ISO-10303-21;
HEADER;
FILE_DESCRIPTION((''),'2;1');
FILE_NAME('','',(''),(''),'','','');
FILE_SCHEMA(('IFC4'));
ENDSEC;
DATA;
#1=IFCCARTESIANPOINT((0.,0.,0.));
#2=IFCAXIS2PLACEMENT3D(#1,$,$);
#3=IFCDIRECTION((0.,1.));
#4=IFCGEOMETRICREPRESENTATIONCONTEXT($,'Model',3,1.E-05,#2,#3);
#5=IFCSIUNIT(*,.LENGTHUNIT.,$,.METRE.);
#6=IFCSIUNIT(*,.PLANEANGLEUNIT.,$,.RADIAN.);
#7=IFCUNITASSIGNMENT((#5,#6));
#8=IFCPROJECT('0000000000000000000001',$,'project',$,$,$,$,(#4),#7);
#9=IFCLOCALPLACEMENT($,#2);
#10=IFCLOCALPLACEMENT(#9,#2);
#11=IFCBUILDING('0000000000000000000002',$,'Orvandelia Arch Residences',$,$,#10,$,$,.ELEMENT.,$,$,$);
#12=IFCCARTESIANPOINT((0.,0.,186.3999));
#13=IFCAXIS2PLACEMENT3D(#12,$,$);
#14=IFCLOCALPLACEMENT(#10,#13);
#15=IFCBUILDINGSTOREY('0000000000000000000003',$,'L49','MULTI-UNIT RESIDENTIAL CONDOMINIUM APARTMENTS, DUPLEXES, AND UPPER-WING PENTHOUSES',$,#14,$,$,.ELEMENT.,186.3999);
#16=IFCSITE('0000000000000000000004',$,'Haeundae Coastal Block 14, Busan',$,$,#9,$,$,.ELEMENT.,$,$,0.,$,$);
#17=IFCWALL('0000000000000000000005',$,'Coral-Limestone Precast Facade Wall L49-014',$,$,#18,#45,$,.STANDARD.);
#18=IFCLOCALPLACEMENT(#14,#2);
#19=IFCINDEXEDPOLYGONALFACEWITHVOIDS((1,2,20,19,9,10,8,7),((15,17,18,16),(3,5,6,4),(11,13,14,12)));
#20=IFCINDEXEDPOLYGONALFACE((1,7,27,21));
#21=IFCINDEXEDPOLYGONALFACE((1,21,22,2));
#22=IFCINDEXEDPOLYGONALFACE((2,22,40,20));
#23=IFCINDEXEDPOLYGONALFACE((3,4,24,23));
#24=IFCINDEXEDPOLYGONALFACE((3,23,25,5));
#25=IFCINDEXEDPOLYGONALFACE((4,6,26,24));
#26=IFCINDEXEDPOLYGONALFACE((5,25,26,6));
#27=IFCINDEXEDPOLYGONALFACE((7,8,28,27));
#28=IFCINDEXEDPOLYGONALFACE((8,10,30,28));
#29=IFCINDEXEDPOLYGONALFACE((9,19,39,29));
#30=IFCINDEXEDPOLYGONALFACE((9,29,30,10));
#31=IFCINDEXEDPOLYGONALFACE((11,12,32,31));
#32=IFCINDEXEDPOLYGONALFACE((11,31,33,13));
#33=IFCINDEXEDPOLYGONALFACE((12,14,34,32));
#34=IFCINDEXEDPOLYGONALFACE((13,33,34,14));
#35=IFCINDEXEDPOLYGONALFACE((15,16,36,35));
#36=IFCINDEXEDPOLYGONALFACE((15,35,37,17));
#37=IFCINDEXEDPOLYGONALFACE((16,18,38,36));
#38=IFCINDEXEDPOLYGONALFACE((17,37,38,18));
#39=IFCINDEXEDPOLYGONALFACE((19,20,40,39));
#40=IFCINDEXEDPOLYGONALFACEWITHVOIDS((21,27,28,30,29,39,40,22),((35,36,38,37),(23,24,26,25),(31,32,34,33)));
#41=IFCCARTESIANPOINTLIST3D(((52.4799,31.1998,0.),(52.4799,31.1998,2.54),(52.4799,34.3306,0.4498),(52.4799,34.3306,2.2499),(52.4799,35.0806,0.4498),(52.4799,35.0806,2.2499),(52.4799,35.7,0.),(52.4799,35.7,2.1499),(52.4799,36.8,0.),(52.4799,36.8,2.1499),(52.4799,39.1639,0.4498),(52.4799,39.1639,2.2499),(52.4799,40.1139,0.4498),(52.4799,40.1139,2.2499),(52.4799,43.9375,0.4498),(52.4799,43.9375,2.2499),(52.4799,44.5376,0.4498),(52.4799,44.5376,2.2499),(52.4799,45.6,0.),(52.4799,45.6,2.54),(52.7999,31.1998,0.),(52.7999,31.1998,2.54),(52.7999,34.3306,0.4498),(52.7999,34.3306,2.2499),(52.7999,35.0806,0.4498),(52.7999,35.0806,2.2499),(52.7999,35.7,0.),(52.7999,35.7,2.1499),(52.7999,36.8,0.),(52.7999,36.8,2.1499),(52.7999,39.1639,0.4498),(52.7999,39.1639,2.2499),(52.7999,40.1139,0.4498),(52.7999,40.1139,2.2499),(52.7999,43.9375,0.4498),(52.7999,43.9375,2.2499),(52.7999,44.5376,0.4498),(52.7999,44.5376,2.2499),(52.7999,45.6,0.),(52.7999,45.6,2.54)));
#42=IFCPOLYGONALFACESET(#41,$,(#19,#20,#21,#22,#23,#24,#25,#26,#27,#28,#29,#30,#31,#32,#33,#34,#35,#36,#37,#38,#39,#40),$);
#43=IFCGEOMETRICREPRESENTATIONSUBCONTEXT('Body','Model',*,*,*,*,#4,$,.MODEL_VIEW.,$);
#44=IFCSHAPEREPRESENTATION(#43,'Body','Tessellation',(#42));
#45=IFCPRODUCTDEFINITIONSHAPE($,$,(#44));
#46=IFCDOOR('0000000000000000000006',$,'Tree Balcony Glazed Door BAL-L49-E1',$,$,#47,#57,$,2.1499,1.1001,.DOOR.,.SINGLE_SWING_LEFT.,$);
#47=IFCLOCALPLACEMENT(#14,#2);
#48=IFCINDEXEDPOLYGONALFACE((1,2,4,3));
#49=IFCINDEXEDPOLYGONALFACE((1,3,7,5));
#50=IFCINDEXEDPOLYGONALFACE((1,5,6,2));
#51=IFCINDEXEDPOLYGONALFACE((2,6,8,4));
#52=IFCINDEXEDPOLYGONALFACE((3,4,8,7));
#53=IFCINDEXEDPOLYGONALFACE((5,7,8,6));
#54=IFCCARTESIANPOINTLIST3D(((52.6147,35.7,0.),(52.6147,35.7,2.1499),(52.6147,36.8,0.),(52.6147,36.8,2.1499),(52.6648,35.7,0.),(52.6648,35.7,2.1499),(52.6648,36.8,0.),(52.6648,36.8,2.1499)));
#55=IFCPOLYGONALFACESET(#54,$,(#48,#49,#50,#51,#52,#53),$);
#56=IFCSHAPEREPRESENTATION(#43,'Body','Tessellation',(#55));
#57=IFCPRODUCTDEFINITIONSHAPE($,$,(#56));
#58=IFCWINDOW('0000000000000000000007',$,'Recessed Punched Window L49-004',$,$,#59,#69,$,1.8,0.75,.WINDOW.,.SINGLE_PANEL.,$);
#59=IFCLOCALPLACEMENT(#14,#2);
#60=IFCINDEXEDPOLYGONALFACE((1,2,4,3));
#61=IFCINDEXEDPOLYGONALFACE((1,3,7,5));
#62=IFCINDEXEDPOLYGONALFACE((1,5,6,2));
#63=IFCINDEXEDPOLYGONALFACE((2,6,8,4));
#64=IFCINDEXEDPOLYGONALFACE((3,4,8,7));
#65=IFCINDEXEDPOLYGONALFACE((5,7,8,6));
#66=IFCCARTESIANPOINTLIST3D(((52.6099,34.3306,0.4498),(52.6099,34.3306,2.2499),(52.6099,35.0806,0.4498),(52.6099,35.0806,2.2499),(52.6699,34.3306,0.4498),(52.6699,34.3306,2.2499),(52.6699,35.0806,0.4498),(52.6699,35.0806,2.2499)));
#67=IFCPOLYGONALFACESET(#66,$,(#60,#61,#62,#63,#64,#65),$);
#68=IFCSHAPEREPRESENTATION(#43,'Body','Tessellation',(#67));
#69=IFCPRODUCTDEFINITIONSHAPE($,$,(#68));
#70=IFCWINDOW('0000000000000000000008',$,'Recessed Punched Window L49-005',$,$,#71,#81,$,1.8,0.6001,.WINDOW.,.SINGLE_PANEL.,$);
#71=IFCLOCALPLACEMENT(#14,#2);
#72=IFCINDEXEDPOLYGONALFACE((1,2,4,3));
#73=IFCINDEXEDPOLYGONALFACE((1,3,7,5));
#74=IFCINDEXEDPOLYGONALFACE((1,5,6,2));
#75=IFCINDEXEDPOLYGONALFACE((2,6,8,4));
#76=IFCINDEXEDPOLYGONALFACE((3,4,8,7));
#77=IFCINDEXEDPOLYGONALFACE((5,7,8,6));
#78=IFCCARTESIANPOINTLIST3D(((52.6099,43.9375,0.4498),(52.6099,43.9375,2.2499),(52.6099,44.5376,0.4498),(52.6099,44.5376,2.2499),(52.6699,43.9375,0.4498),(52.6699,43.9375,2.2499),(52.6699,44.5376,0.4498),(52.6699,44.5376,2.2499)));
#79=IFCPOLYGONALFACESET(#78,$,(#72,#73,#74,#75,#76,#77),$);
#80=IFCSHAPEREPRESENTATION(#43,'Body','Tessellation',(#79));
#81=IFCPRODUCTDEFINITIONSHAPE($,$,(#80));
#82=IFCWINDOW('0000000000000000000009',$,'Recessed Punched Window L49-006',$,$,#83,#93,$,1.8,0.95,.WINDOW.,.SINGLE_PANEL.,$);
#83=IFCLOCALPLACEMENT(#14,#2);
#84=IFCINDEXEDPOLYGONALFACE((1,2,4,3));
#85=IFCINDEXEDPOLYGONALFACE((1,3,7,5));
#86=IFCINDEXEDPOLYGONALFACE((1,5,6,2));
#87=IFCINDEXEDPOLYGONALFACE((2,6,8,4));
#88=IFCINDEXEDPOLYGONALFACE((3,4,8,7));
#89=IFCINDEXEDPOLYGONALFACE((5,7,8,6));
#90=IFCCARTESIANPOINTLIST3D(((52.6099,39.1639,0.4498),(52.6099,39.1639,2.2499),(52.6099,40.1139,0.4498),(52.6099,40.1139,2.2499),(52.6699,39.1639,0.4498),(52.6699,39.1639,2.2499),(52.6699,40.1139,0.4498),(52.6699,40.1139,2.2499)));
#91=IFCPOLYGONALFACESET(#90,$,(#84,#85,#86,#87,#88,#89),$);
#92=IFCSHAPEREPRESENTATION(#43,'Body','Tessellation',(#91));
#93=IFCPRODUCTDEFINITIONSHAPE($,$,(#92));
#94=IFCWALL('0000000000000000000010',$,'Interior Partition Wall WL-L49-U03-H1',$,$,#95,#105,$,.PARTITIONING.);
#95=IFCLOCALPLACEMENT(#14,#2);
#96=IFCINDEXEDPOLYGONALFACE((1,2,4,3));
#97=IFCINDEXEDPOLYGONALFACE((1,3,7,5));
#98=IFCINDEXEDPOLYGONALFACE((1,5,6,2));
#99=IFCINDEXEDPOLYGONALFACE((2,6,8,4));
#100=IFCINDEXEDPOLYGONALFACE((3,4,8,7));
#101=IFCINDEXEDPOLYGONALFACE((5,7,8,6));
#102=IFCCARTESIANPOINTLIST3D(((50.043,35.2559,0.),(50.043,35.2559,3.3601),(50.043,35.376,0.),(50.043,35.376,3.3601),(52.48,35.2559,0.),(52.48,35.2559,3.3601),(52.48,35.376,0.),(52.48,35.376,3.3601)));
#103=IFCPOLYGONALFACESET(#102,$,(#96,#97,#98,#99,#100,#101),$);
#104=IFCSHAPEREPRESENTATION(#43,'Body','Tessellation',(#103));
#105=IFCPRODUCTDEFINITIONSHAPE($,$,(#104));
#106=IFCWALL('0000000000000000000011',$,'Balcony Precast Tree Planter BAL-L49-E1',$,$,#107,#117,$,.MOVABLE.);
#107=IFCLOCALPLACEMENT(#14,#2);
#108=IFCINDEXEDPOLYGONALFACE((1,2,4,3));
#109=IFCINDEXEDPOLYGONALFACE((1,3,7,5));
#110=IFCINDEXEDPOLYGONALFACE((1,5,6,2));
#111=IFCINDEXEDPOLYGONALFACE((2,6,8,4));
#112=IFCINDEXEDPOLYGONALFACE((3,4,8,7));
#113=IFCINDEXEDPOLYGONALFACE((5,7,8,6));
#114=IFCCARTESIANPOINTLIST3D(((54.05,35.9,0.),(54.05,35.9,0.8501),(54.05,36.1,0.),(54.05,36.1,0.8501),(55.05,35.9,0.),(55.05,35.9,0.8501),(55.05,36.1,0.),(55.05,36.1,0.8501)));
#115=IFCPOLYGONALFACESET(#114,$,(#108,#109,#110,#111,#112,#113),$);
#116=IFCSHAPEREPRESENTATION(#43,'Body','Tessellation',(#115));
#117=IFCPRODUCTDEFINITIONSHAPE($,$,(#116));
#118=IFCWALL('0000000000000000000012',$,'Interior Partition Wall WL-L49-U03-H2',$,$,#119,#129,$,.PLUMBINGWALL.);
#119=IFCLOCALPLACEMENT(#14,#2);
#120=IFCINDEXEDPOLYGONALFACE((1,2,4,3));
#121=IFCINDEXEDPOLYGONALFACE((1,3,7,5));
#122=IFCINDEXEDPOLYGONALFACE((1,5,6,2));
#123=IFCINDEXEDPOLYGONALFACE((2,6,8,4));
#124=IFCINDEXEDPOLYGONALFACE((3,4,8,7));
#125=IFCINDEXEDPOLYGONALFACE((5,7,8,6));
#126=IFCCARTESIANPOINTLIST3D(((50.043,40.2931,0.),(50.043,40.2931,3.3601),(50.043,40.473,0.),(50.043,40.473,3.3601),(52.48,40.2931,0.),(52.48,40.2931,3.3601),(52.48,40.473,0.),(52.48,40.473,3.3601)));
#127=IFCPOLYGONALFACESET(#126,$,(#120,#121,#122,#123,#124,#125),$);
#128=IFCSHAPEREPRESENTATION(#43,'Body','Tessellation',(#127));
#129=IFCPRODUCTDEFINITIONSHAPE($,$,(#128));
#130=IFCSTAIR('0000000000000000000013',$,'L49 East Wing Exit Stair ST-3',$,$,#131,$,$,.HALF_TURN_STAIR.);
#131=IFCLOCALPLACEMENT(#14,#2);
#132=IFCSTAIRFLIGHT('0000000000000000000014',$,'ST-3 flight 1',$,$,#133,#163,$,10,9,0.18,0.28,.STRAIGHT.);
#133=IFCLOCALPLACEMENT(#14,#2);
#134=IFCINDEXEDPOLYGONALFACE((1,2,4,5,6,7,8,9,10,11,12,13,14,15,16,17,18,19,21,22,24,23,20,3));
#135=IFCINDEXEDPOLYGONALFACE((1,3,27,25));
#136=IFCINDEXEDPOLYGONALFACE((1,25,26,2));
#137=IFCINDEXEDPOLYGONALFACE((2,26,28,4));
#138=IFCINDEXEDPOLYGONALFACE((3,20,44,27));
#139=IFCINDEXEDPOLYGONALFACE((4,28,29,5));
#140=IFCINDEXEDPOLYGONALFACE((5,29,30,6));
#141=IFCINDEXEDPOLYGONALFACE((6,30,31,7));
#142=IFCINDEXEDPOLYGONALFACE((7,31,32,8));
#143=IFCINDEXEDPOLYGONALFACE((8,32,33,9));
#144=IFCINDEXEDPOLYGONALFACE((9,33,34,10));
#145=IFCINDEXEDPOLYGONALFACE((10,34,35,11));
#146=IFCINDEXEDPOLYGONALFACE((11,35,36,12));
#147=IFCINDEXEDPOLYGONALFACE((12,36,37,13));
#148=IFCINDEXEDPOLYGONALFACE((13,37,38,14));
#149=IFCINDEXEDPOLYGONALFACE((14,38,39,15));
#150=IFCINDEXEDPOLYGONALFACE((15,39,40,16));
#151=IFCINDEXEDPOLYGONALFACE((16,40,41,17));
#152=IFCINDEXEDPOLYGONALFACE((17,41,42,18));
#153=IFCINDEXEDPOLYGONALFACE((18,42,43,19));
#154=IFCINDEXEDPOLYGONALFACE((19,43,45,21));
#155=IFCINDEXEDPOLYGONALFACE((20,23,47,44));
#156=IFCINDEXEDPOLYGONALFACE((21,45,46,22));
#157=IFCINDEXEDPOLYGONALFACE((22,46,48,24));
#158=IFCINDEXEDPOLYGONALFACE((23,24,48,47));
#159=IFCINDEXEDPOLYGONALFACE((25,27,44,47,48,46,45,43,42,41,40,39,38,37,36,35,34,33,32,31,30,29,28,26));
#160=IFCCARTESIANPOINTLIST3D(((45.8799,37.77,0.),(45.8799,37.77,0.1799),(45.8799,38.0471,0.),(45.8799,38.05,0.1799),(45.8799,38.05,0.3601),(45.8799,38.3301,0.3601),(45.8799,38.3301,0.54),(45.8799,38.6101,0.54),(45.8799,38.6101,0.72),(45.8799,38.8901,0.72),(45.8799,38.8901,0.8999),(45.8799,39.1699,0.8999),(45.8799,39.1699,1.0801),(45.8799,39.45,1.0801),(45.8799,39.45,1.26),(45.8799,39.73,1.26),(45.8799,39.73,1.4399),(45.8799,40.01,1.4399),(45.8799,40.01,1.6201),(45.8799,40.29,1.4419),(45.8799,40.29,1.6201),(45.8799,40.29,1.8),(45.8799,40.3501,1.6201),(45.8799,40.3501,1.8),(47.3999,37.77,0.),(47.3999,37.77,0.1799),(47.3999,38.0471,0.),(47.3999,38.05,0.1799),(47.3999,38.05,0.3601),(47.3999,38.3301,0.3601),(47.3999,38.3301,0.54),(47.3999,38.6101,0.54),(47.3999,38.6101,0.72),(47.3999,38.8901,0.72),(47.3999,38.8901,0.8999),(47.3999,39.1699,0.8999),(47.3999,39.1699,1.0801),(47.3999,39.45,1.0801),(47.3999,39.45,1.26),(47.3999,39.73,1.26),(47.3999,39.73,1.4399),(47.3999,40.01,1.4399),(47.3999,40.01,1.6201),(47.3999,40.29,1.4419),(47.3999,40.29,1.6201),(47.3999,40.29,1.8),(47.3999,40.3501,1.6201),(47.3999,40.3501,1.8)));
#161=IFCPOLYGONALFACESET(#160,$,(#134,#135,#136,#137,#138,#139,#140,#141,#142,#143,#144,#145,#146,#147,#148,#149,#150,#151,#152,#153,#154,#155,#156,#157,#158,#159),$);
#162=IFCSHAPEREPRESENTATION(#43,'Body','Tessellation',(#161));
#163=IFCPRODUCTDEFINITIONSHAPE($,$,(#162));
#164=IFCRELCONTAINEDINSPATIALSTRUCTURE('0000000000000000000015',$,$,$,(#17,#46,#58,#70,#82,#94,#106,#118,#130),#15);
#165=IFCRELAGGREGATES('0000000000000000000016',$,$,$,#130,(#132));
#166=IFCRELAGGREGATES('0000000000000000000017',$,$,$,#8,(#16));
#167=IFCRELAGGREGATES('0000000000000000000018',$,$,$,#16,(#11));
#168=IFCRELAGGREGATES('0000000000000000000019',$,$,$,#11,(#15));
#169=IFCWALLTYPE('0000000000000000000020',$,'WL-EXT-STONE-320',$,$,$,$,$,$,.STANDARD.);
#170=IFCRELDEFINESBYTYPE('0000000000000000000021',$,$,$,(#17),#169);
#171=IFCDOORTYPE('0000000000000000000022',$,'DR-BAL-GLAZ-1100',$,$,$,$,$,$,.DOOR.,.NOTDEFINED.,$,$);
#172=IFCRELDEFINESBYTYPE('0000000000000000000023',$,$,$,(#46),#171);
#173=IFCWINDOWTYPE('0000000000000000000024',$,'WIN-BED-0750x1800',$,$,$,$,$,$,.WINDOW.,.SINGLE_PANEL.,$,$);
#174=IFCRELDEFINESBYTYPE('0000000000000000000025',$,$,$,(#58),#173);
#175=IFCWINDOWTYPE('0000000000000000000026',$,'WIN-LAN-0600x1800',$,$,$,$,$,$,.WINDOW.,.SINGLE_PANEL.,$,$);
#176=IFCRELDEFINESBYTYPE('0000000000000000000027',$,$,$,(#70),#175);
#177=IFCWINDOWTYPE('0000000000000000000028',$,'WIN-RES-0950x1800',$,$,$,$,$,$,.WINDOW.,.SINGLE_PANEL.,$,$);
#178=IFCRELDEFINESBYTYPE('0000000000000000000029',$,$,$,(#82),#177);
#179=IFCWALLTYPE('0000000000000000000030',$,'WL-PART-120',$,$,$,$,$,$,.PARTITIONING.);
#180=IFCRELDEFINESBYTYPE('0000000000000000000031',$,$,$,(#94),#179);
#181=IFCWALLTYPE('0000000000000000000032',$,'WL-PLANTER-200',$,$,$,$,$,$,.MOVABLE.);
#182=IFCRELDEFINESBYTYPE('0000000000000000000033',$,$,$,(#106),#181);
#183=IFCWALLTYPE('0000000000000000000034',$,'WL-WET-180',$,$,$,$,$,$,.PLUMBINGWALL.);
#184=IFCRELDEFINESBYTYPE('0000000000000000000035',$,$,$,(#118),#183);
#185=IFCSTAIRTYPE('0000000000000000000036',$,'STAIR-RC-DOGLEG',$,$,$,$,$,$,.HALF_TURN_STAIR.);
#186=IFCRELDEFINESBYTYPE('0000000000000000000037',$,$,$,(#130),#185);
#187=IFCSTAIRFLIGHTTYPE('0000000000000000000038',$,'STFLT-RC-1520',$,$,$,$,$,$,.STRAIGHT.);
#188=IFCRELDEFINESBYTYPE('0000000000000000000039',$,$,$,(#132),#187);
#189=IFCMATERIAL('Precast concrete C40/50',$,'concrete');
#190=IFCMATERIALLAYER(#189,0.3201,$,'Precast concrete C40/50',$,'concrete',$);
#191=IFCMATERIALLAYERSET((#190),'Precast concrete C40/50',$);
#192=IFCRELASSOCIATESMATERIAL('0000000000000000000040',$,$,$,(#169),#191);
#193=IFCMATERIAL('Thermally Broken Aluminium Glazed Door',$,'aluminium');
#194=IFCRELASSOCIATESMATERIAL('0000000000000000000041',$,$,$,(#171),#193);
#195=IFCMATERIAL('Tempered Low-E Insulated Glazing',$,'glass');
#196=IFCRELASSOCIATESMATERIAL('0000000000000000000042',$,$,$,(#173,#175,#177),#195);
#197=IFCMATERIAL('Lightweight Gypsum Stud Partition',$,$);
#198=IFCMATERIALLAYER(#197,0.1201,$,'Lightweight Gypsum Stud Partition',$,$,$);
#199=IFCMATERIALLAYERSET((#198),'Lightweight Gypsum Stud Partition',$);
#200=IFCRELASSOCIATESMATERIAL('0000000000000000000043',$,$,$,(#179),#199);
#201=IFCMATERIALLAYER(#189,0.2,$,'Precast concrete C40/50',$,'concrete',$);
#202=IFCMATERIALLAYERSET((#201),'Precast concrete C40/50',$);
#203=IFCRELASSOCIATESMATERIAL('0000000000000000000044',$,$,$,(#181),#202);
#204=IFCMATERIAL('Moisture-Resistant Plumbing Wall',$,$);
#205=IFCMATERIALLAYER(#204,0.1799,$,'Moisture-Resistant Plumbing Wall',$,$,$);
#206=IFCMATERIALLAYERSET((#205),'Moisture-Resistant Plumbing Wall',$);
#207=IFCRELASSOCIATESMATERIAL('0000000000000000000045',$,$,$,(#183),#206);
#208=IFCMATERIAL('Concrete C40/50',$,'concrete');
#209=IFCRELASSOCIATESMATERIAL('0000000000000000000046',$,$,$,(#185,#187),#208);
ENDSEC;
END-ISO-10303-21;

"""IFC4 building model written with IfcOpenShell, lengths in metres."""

from ifc_helpers import new_model, si_unit, direction, frame, frame_2d, origin, place, context, subcontext, project, spatial, polyline, rectangle, outline, extrude, material, layer, layer_set, type_object, element, fill, aggregate, save


model = new_model("IFC4")

# Units and contexts
model_context = context("Model", 3, precision=1e-05, world=origin(), true_north=direction((0.0, 1.0)))
body_context = subcontext(model_context, "Body", "Model", "MODEL_VIEW")
ifc_project = project(units=[si_unit("LENGTHUNIT", "METRE"), si_unit("PLANEANGLEUNIT", "RADIAN")], contexts=[model_context])

# Site, building, storey
site_placement = place(None, origin())
site = spatial("IfcSite", under=ifc_project, at=site_placement, Name="Haeundae Coastal Block 14, Busan", CompositionType="ELEMENT", RefElevation=0.0)
building_placement = place(site_placement, origin())
building = spatial("IfcBuilding", under=site, at=building_placement, Name="Orvandelia Arch Residences", CompositionType="ELEMENT")
storey_placement = place(building_placement, frame((0.0, 0.0, 186.3999)))
storey = spatial("IfcBuildingStorey", under=building, at=storey_placement, Name="L49", Description="MULTI-UNIT RESIDENTIAL CONDOMINIUM APARTMENTS, DUPLEXES, AND UPPER-WING PENTHOUSES", CompositionType="ELEMENT", Elevation=186.3999)

# Shared definitions
ifc_material_1 = material(Name="Precast concrete C40/50", Category="concrete")
ifc_layer_1 = layer(ifc_material_1, 0.3201, Name="Precast concrete C40/50", Category="concrete")
ifc_layer_set_1 = layer_set([ifc_layer_1], Name="Precast concrete C40/50")
wall_type_1 = type_object("IfcWallType", Name="WL-EXT-STONE-320", PredefinedType="STANDARD", material=ifc_layer_set_1)

# Wall, openings, door, windows
wall_1_placement = place(storey_placement, frame((52.6399, 45.6001, 0.0), z_axis=(0.0, 0.0, 1.0), x_axis=(0.0, -1.0, 0.0)))
wall_1 = element("IfcWall", 1, at=wall_1_placement, inside=storey, type_object=wall_type_1, Name="Coral-Limestone Precast Facade Wall L49-014", PredefinedType="STANDARD", context=body_context, shape_type="SweptSolid", body=[
    extrude(rectangle(XDim=14.4001, YDim=0.3201, at=frame_2d((7.2002, 0.0))), origin(), (0.0, 0.0, 1.0), 2.54),
])
opening_1_placement = place(wall_1_placement, frame((8.8, 0.0, 0.0)))
opening_1 = element("IfcOpeningElement", 2, at=opening_1_placement, cuts=wall_1, PredefinedType="OPENING", context=body_context, shape_type="SweptSolid", body=[
    extrude(rectangle(XDim=1.1001, YDim=2.1499, at=frame_2d((0.55, 1.075))), frame((0.0, 0.1699, 0.0), z_axis=(0.0, -1.0, 0.0), x_axis=(1.0, 0.0, 0.0)), (0.0, 0.0, 1.0), 0.3401),
])
opening_2_placement = place(wall_1_placement, frame((10.5195, 0.0, 0.45)))
opening_2 = element("IfcOpeningElement", 3, at=opening_2_placement, cuts=wall_1, PredefinedType="OPENING", context=body_context, shape_type="SweptSolid", body=[
    extrude(rectangle(XDim=0.75, YDim=1.8, at=frame_2d((0.375, 0.8999))), frame((0.0, 0.1699, 0.0), z_axis=(0.0, -1.0, 0.0), x_axis=(1.0, 0.0, 0.0)), (0.0, 0.0, 1.0), 0.3401),
])
opening_3_placement = place(wall_1_placement, frame((1.0625, 0.0, 0.45)))
opening_3 = element("IfcOpeningElement", 4, at=opening_3_placement, cuts=wall_1, PredefinedType="OPENING", context=body_context, shape_type="SweptSolid", body=[
    extrude(rectangle(XDim=0.6001, YDim=1.8, at=frame_2d((0.3, 0.8999))), frame((0.0, 0.1699, 0.0), z_axis=(0.0, -1.0, 0.0), x_axis=(1.0, 0.0, 0.0)), (0.0, 0.0, 1.0), 0.3401),
])
opening_4_placement = place(wall_1_placement, frame((5.4861, 0.0, 0.45)))
opening_4 = element("IfcOpeningElement", 5, at=opening_4_placement, cuts=wall_1, PredefinedType="OPENING", context=body_context, shape_type="SweptSolid", body=[
    extrude(rectangle(XDim=0.95, YDim=1.8, at=frame_2d((0.4751, 0.8999))), frame((0.0, 0.1699, 0.0), z_axis=(0.0, -1.0, 0.0), x_axis=(1.0, 0.0, 0.0)), (0.0, 0.0, 1.0), 0.3401),
])
ifc_material_2 = material(Name="Thermally Broken Aluminium Glazed Door", Category="aluminium")
door_type_1 = type_object("IfcDoorType", Name="DR-BAL-GLAZ-1100", OperationType="NOTDEFINED", PredefinedType="DOOR", material=ifc_material_2)
door_1_placement = place(opening_1_placement, origin())
door_1 = element("IfcDoor", 6, at=door_1_placement, inside=storey, type_object=door_type_1, Name="Tree Balcony Glazed Door BAL-L49-E1", OperationType="SINGLE_SWING_LEFT", OverallHeight=2.1499, OverallWidth=1.1001, PredefinedType="DOOR", context=body_context, shape_type="SweptSolid", body=[
    extrude(rectangle(XDim=1.1001, YDim=2.1499, at=frame_2d((0.55, 1.075))), frame((0.0, 0.0249, 0.0), z_axis=(0.0, -1.0, 0.0), x_axis=(1.0, 0.0, 0.0)), (0.0, 0.0, 1.0), 0.05),
])
fill(opening_1, door_1)
ifc_material_3 = material(Name="Tempered Low-E Insulated Glazing", Category="glass")
window_type_1 = type_object("IfcWindowType", Name="WIN-BED-0750x1800", PartitioningType="SINGLE_PANEL", PredefinedType="WINDOW", material=ifc_material_3)
window_1_placement = place(opening_2_placement, origin())
window_1 = element("IfcWindow", 7, at=window_1_placement, inside=storey, type_object=window_type_1, Name="Recessed Punched Window L49-004", OverallHeight=1.8, OverallWidth=0.75, PartitioningType="SINGLE_PANEL", PredefinedType="WINDOW", context=body_context, shape_type="SweptSolid", body=[
    extrude(rectangle(XDim=0.75, YDim=1.8, at=frame_2d((0.375, 0.8999))), frame((0.0, 0.03, 0.0), z_axis=(0.0, -1.0, 0.0), x_axis=(1.0, 0.0, 0.0)), (0.0, 0.0, 1.0), 0.0601),
])
fill(opening_2, window_1)
window_type_2 = type_object("IfcWindowType", Name="WIN-LAN-0600x1800", PartitioningType="SINGLE_PANEL", PredefinedType="WINDOW", material=ifc_material_3)
window_2_placement = place(opening_3_placement, origin())
window_2 = element("IfcWindow", 8, at=window_2_placement, inside=storey, type_object=window_type_2, Name="Recessed Punched Window L49-005", OverallHeight=1.8, OverallWidth=0.6001, PartitioningType="SINGLE_PANEL", PredefinedType="WINDOW", context=body_context, shape_type="SweptSolid", body=[
    extrude(rectangle(XDim=0.6001, YDim=1.8, at=frame_2d((0.3, 0.8999))), frame((0.0, 0.03, 0.0), z_axis=(0.0, -1.0, 0.0), x_axis=(1.0, 0.0, 0.0)), (0.0, 0.0, 1.0), 0.0601),
])
fill(opening_3, window_2)
window_type_3 = type_object("IfcWindowType", Name="WIN-RES-0950x1800", PartitioningType="SINGLE_PANEL", PredefinedType="WINDOW", material=ifc_material_3)
window_3_placement = place(opening_4_placement, origin())
window_3 = element("IfcWindow", 9, at=window_3_placement, inside=storey, type_object=window_type_3, Name="Recessed Punched Window L49-006", OverallHeight=1.8, OverallWidth=0.95, PartitioningType="SINGLE_PANEL", PredefinedType="WINDOW", context=body_context, shape_type="SweptSolid", body=[
    extrude(rectangle(XDim=0.95, YDim=1.8, at=frame_2d((0.4751, 0.8999))), frame((0.0, 0.03, 0.0), z_axis=(0.0, -1.0, 0.0), x_axis=(1.0, 0.0, 0.0)), (0.0, 0.0, 1.0), 0.0601),
])
fill(opening_4, window_3)

# Walls
ifc_material_4 = material(Name="Lightweight Gypsum Stud Partition")
ifc_layer_2 = layer(ifc_material_4, 0.1201, Name="Lightweight Gypsum Stud Partition")
ifc_layer_set_2 = layer_set([ifc_layer_2], Name="Lightweight Gypsum Stud Partition")
wall_type_2 = type_object("IfcWallType", Name="WL-PART-120", PredefinedType="PARTITIONING", material=ifc_layer_set_2)
wall_2_placement = place(storey_placement, frame((50.043, 35.3159, 0.0), z_axis=(0.0, 0.0, 1.0), x_axis=(1.0, 0.0, 0.0)))
element("IfcWall", 10, at=wall_2_placement, inside=storey, type_object=wall_type_2, Name="Interior Partition Wall WL-L49-U03-H1", PredefinedType="PARTITIONING", context=body_context, shape_type="SweptSolid", body=[
    extrude(rectangle(XDim=2.437, YDim=0.1201, at=frame_2d((1.2185, 0.0))), origin(), (0.0, 0.0, 1.0), 3.3601),
])
ifc_layer_3 = layer(ifc_material_1, 0.2, Name="Precast concrete C40/50", Category="concrete")
ifc_layer_set_3 = layer_set([ifc_layer_3], Name="Precast concrete C40/50")
wall_type_3 = type_object("IfcWallType", Name="WL-PLANTER-200", PredefinedType="MOVABLE", material=ifc_layer_set_3)
wall_3_placement = place(storey_placement, frame((54.05, 36.0, 0.0), z_axis=(0.0, 0.0, 1.0), x_axis=(1.0, 0.0, 0.0)))
element("IfcWall", 11, at=wall_3_placement, inside=storey, type_object=wall_type_3, Name="Balcony Precast Tree Planter BAL-L49-E1", PredefinedType="MOVABLE", context=body_context, shape_type="SweptSolid", body=[
    extrude(rectangle(XDim=1.0, YDim=0.2, at=frame_2d((0.5, 0.0))), origin(), (0.0, 0.0, 1.0), 0.8501),
])
ifc_material_5 = material(Name="Moisture-Resistant Plumbing Wall")
ifc_layer_4 = layer(ifc_material_5, 0.1799, Name="Moisture-Resistant Plumbing Wall")
ifc_layer_set_4 = layer_set([ifc_layer_4], Name="Moisture-Resistant Plumbing Wall")
wall_type_4 = type_object("IfcWallType", Name="WL-WET-180", PredefinedType="PLUMBINGWALL", material=ifc_layer_set_4)
wall_4_placement = place(storey_placement, frame((50.043, 40.3831, 0.0), z_axis=(0.0, 0.0, 1.0), x_axis=(1.0, 0.0, 0.0)))
element("IfcWall", 12, at=wall_4_placement, inside=storey, type_object=wall_type_4, Name="Interior Partition Wall WL-L49-U03-H2", PredefinedType="PLUMBINGWALL", context=body_context, shape_type="SweptSolid", body=[
    extrude(rectangle(XDim=2.437, YDim=0.1799, at=frame_2d((1.2185, 0.0))), origin(), (0.0, 0.0, 1.0), 3.3601),
])

# Stair, stair flight
ifc_material_6 = material(Name="Concrete C40/50", Category="concrete")
stair_type = type_object("IfcStairType", Name="STAIR-RC-DOGLEG", PredefinedType="HALF_TURN_STAIR", material=ifc_material_6)
stair_placement = place(storey_placement, origin())
stair = element("IfcStair", 13, at=stair_placement, inside=storey, type_object=stair_type, Name="L49 East Wing Exit Stair ST-3", PredefinedType="HALF_TURN_STAIR")
stair_flight_type = type_object("IfcStairFlightType", Name="STFLT-RC-1520", PredefinedType="STRAIGHT", material=ifc_material_6)
stair_flight_1_placement = place(storey_placement, frame((46.6399, 37.77, 0.0), z_axis=(0.0, 0.0, 1.0), x_axis=(0.0, 1.0, 0.0)))
stair_flight_1 = element("IfcStairFlight", 14, at=stair_flight_1_placement, type_object=stair_flight_type, Name="ST-3 flight 1", NumberOfRisers=10, NumberOfTreads=9, PredefinedType="STRAIGHT", RiserHeight=0.18, TreadLength=0.28, context=body_context, shape_type="SweptSolid", body=[
    extrude(outline(polyline([(0.0, 0.0), (0.0, 0.1799), (0.28, 0.1799), (0.28, 0.3601), (0.5601, 0.3601), (0.5601, 0.54), (0.8401, 0.54), (0.8401, 0.72), (1.1201, 0.72), (1.1201, 0.8999), (1.3999, 0.8999), (1.3999, 1.0801), (1.6799, 1.0801), (1.6799, 1.26), (1.96, 1.26), (1.96, 1.4399), (2.24, 1.4399), (2.24, 1.6201), (2.52, 1.6201), (2.52, 1.8), (2.5801, 1.8), (2.5801, 1.6201), (2.52, 1.4419), (0.2771, 0.0), (0.0, 0.0)])), frame((0.0, 0.76, 0.0), z_axis=(0.0, -1.0, 0.0), x_axis=(1.0, 0.0, 0.0)), (0.0, 0.0, 1.0), 1.52),
])
aggregate(stair, [stair_flight_1])

save(model, "model.ifc")
